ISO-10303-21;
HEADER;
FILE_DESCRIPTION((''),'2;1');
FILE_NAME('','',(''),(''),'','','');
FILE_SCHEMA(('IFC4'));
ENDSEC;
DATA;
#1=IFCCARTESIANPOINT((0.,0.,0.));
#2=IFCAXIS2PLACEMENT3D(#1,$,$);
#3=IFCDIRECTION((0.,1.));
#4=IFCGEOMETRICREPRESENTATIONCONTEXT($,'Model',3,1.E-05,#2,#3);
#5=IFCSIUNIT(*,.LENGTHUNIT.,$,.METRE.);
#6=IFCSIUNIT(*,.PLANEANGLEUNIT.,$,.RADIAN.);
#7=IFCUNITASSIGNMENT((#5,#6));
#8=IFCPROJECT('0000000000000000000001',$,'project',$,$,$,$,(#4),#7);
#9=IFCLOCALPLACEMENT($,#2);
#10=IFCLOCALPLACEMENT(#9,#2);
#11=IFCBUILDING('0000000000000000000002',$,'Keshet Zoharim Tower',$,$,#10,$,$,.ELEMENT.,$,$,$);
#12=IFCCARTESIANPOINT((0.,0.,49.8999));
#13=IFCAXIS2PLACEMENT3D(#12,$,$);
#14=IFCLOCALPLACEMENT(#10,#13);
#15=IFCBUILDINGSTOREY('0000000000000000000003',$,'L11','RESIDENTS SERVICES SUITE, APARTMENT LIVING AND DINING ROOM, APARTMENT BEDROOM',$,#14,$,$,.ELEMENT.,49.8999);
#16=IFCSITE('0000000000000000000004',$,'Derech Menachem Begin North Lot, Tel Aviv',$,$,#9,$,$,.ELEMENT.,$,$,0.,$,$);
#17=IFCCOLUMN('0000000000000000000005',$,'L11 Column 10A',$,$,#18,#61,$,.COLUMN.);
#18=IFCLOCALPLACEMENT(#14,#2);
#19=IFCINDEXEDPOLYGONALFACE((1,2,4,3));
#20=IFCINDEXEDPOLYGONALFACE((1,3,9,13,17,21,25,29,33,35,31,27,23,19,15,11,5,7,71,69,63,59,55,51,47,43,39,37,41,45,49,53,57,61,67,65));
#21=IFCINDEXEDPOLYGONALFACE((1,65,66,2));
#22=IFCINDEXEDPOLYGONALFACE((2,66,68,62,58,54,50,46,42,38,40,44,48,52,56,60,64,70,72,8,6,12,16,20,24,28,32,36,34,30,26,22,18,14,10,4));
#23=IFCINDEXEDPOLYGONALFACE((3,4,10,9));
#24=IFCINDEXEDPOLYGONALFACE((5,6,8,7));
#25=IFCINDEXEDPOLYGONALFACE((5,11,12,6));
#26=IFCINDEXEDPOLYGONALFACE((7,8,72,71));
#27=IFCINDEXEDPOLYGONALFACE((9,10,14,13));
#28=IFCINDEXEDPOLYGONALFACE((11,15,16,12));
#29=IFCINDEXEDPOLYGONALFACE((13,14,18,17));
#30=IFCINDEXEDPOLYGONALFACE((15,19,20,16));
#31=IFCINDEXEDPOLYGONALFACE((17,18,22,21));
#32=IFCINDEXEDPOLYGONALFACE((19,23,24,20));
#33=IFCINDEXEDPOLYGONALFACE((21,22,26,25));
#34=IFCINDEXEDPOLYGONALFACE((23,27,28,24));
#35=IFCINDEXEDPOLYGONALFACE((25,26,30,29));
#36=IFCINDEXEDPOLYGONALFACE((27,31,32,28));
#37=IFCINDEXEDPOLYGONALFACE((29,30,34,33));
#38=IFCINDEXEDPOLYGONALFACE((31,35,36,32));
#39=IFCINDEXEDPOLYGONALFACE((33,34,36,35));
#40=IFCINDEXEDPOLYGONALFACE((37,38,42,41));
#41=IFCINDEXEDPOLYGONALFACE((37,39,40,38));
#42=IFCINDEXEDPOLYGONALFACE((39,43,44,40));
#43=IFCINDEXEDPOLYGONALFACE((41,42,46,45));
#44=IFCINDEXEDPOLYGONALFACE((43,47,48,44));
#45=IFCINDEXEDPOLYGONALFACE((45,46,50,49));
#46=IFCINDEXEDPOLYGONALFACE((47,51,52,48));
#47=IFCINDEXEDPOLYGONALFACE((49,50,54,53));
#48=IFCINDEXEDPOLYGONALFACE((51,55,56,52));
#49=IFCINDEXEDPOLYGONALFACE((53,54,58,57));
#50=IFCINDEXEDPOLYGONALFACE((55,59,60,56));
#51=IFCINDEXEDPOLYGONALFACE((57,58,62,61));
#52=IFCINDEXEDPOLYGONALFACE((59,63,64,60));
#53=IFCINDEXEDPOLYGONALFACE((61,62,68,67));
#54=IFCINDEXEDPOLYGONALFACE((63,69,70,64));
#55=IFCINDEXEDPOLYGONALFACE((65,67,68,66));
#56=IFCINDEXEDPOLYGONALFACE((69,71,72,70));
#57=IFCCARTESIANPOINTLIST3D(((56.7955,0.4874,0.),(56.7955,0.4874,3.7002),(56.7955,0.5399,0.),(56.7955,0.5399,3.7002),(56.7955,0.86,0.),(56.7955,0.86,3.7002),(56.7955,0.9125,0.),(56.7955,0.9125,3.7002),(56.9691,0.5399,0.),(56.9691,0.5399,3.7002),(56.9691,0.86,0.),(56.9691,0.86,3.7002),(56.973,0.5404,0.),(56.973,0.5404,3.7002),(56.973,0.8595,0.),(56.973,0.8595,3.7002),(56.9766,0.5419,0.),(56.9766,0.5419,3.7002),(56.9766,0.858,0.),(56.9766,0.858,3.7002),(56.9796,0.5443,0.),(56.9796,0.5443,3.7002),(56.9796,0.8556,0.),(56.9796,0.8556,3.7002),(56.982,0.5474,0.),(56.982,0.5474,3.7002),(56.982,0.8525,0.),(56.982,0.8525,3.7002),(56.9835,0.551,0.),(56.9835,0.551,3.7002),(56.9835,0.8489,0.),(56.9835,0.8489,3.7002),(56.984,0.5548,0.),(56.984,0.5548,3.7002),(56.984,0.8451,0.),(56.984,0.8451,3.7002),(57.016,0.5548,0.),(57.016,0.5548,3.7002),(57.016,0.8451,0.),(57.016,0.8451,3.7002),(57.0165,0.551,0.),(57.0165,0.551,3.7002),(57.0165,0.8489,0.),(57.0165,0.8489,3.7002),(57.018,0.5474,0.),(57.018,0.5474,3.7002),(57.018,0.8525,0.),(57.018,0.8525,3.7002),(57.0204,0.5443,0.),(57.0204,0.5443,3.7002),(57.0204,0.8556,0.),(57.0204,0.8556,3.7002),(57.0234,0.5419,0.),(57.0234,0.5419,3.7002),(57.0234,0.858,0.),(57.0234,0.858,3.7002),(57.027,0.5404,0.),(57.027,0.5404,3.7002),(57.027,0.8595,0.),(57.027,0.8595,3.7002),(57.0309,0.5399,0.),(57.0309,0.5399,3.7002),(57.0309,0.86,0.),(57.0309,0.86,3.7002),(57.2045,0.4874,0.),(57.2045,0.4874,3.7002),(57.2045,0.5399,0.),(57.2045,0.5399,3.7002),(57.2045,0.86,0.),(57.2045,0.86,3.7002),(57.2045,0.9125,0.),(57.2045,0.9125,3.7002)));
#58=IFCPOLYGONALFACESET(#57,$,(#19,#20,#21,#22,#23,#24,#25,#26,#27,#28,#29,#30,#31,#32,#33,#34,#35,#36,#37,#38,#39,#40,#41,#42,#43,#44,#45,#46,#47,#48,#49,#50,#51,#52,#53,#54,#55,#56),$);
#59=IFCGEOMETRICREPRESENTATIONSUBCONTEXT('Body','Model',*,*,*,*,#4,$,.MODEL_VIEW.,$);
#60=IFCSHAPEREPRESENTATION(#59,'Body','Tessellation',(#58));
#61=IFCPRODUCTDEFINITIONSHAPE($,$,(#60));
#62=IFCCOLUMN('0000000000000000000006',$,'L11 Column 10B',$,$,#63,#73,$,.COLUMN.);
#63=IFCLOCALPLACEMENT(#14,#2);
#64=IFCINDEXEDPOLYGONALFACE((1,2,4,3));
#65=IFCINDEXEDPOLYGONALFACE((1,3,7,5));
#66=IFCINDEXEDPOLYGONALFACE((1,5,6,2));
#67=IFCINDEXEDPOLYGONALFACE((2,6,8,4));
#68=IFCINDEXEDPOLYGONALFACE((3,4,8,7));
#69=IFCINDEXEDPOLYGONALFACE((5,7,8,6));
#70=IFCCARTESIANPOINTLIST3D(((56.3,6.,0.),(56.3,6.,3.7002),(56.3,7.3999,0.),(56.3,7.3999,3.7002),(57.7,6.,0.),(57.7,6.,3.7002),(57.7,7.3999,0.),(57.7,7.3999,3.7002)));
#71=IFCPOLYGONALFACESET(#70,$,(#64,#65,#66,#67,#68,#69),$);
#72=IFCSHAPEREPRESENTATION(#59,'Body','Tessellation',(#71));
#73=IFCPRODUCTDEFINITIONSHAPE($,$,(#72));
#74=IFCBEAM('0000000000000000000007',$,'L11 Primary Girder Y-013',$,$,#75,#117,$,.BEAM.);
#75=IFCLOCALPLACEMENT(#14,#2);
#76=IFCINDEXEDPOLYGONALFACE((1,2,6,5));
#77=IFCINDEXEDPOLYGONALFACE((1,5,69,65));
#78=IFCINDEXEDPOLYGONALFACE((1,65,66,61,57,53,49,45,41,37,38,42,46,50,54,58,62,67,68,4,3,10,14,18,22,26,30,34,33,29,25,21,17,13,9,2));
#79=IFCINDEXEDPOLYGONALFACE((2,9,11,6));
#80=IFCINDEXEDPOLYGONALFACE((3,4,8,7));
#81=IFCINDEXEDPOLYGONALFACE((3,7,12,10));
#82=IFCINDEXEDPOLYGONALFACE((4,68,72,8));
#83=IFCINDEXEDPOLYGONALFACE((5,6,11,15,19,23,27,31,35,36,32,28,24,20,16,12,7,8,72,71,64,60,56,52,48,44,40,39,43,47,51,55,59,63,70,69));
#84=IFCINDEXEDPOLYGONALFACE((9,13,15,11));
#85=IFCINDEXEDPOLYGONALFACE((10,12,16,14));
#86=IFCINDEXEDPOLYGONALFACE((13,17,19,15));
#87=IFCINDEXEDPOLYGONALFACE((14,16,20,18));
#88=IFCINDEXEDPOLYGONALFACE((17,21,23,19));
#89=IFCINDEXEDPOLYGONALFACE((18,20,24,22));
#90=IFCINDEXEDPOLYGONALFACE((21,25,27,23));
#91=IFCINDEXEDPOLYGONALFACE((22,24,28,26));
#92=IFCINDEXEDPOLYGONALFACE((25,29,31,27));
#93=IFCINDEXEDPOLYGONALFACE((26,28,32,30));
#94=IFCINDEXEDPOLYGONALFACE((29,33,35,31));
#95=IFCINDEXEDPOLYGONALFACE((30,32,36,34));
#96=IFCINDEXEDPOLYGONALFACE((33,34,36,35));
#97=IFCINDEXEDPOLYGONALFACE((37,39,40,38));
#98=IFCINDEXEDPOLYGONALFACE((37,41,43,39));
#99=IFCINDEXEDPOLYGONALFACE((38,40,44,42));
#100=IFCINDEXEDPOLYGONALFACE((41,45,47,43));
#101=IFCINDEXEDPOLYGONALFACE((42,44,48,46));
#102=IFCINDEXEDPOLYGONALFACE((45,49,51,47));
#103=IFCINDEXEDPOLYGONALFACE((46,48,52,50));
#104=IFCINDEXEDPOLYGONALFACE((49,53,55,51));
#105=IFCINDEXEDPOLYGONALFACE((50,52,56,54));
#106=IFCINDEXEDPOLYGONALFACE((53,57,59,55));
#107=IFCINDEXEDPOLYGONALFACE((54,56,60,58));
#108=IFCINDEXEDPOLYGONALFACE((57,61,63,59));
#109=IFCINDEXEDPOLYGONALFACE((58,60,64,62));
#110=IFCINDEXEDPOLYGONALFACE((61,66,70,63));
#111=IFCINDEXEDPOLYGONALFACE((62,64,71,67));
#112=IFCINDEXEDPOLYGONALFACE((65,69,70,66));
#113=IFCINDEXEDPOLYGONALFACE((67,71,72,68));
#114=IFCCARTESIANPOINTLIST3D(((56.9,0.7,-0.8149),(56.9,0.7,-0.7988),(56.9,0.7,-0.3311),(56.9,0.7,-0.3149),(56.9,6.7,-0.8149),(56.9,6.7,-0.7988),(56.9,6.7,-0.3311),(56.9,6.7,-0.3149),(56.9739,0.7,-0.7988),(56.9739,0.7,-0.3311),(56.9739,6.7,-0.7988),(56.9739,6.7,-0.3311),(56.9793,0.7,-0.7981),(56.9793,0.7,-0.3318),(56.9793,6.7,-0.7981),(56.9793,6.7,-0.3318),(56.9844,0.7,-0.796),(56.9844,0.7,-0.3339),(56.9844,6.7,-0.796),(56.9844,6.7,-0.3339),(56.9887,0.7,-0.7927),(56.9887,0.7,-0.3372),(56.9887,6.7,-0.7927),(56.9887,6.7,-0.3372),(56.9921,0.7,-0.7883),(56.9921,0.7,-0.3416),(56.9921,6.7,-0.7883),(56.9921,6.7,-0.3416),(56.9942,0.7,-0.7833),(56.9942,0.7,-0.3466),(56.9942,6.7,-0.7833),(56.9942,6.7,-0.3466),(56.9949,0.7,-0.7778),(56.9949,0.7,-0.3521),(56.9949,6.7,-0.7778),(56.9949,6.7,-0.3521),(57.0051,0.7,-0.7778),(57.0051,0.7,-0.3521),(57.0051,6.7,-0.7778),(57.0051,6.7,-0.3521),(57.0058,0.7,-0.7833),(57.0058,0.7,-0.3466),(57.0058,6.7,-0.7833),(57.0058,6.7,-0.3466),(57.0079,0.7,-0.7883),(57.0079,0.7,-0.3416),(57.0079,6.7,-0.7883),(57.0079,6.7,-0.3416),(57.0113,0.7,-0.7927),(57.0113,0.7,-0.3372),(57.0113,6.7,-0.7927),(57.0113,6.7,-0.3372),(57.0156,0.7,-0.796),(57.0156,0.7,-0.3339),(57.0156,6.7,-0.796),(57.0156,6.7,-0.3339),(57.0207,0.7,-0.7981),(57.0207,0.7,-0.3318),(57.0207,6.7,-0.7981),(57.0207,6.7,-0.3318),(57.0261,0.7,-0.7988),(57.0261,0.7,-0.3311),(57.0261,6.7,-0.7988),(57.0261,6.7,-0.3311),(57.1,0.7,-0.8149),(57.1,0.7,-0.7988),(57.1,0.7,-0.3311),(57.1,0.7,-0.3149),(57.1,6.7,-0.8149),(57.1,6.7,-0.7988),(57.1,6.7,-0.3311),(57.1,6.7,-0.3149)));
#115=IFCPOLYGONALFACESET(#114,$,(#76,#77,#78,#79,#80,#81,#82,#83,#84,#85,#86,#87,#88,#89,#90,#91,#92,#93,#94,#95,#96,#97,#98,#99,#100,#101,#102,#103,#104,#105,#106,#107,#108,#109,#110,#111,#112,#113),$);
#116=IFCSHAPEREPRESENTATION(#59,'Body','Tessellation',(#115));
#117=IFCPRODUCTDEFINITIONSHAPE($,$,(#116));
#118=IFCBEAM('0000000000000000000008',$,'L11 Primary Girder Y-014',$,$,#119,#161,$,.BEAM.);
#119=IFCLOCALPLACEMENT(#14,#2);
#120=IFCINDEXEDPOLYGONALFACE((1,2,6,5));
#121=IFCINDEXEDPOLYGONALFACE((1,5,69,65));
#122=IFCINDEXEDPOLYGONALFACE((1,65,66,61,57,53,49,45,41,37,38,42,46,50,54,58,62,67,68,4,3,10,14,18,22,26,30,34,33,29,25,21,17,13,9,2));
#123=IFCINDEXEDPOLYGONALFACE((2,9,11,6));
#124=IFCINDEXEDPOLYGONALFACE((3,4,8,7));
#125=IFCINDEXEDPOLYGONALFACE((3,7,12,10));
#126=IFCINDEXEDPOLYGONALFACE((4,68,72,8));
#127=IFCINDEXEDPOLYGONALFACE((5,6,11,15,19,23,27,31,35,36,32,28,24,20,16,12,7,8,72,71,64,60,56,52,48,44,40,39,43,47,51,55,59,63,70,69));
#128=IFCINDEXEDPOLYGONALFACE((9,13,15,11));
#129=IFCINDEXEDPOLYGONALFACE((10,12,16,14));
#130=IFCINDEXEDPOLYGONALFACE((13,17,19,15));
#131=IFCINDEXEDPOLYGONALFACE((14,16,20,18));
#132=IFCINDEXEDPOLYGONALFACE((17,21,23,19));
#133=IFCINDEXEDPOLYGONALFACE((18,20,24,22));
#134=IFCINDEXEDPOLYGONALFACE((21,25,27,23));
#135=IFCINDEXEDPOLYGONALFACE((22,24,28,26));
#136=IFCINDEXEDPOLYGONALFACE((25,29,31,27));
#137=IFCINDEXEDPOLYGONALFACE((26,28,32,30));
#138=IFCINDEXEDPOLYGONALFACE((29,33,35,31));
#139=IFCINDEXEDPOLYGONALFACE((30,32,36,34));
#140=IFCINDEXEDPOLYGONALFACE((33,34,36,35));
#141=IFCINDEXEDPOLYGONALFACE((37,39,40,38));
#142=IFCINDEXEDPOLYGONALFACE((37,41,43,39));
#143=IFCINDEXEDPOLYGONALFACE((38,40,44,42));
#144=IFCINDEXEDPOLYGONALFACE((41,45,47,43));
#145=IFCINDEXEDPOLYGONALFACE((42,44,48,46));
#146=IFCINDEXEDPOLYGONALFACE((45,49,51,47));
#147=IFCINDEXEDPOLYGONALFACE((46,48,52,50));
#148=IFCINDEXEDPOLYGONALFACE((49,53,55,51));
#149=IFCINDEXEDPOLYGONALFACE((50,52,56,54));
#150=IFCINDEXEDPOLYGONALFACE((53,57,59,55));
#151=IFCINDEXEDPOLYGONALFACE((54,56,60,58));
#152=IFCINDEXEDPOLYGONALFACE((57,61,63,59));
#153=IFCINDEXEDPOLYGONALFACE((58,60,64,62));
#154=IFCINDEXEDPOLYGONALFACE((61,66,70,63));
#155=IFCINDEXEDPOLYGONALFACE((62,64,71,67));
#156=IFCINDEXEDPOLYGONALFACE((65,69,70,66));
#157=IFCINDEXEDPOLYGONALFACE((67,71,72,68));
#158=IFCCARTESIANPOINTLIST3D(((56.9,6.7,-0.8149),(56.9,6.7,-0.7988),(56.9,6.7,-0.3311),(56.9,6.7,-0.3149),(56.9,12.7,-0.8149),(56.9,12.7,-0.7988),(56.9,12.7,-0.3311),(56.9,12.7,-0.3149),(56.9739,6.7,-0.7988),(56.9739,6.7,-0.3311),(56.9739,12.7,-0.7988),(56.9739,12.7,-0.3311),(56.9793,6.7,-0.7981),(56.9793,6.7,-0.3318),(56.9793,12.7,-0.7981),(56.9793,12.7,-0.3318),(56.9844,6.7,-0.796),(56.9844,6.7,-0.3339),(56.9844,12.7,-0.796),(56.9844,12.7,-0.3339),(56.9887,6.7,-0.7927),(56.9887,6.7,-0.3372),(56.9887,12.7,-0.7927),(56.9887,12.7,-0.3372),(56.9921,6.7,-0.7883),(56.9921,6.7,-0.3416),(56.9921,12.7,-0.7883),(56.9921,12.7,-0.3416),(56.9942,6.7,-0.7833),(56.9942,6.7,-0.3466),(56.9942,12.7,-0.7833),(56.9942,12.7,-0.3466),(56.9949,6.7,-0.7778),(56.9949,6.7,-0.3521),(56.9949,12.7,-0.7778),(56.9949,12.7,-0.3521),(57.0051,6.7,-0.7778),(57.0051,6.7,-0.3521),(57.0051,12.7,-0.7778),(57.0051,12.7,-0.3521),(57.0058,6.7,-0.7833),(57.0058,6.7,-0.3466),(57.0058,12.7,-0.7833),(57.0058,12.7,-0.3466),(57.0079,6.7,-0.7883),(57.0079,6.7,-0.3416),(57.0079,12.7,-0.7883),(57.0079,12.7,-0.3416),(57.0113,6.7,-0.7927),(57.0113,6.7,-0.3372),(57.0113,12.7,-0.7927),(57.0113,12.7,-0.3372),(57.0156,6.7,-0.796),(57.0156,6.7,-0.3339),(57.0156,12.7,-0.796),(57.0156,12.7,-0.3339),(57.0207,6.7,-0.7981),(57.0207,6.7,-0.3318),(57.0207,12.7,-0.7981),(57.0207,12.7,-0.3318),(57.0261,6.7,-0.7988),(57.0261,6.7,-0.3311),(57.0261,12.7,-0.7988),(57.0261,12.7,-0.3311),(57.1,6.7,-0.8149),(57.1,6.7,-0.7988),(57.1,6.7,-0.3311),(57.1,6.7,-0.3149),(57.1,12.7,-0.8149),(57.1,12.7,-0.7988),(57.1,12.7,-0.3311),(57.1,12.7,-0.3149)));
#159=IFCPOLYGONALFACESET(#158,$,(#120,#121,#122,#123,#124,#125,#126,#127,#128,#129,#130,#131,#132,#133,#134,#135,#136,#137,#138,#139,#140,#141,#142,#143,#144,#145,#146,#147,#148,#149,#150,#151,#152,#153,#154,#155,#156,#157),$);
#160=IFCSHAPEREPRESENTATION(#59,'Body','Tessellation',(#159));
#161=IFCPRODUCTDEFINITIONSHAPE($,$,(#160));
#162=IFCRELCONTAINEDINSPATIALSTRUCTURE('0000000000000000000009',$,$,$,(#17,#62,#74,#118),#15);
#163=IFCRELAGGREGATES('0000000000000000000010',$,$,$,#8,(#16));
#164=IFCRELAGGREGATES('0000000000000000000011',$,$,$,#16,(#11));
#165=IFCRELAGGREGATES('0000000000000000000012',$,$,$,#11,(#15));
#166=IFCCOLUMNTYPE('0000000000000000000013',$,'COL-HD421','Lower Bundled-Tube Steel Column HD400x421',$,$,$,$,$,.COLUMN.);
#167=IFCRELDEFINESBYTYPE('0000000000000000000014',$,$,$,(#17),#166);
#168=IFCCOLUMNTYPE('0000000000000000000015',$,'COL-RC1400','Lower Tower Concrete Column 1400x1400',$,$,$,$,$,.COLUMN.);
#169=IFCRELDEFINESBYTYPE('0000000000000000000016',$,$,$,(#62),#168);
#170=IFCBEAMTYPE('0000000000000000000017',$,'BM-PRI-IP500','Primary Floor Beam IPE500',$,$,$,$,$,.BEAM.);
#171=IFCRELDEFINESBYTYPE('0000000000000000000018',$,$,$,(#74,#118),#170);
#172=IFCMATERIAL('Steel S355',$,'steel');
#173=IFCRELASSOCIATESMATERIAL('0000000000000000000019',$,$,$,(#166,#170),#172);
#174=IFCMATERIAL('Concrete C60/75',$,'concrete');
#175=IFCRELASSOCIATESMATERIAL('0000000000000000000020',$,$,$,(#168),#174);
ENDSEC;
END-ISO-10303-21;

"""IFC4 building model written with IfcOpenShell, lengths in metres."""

from ifc_helpers import new_model, si_unit, direction, frame, origin, origin_2d, place, context, subcontext, project, spatial, rectangle, i_section, extrude, material, material_profile, profile_set, type_object, element, save


model = new_model("IFC4")

# Units and contexts
model_context = context("Model", 3, precision=1e-05, world=origin(), true_north=direction((0.0, 1.0)))
body_context = subcontext(model_context, "Body", "Model", "MODEL_VIEW")
ifc_project = project(units=[si_unit("LENGTHUNIT", "METRE"), si_unit("PLANEANGLEUNIT", "RADIAN")], contexts=[model_context])

# Site, building, storey
site_placement = place(None, origin())
site = spatial("IfcSite", under=ifc_project, at=site_placement, Name="Derech Menachem Begin North Lot, Tel Aviv", CompositionType="ELEMENT", RefElevation=0.0)
building_placement = place(site_placement, origin())
building = spatial("IfcBuilding", under=site, at=building_placement, Name="Keshet Zoharim Tower", CompositionType="ELEMENT")
storey_placement = place(building_placement, frame((0.0, 0.0, 49.8999)))
storey = spatial("IfcBuildingStorey", under=building, at=storey_placement, Name="L11", Description="RESIDENTS SERVICES SUITE, APARTMENT LIVING AND DINING ROOM, APARTMENT BEDROOM", CompositionType="ELEMENT", Elevation=49.8999)

# Columns
ifc_material_1 = material(Name="Steel S355", Category="steel")
ifc_material_profile_1 = material_profile(ifc_material_1, i_section(OverallWidth=0.4089, OverallDepth=0.425, WebThickness=0.032, FlangeThickness=0.0525, FilletRadius=0.0149, at=origin_2d()), Name="HD400x421")
ifc_profile_set_1 = profile_set([ifc_material_profile_1], Name="Steel S355")
column_type_1 = type_object("IfcColumnType", Name="COL-HD421", Description="Lower Bundled-Tube Steel Column HD400x421", PredefinedType="COLUMN", material=ifc_profile_set_1)
column_1_placement = place(storey_placement, frame((57.0, 0.7, 0.0), z_axis=(0.0, 0.0, 1.0), x_axis=(1.0, 0.0, 0.0)))
element("IfcColumn", 1, at=column_1_placement, inside=storey, type_object=column_type_1, Name="L11 Column 10A", PredefinedType="COLUMN", context=body_context, shape_type="SweptSolid", body=[
    extrude(i_section(OverallWidth=0.4089, OverallDepth=0.425, WebThickness=0.032, FlangeThickness=0.0525, FilletRadius=0.0149, at=origin_2d()), origin(), (0.0, 0.0, 1.0), 3.7002),
])
ifc_material_2 = material(Name="Concrete C60/75", Category="concrete")
ifc_material_profile_2 = material_profile(ifc_material_2, rectangle(XDim=1.3999, YDim=1.3999, at=origin_2d()), Name="RC1400x1400")
ifc_profile_set_2 = profile_set([ifc_material_profile_2], Name="Concrete C60/75")
column_type_2 = type_object("IfcColumnType", Name="COL-RC1400", Description="Lower Tower Concrete Column 1400x1400", PredefinedType="COLUMN", material=ifc_profile_set_2)
column_2_placement = place(storey_placement, frame((57.0, 6.7, 0.0), z_axis=(0.0, 0.0, 1.0), x_axis=(1.0, 0.0, 0.0)))
element("IfcColumn", 2, at=column_2_placement, inside=storey, type_object=column_type_2, Name="L11 Column 10B", PredefinedType="COLUMN", context=body_context, shape_type="SweptSolid", body=[
    extrude(rectangle(XDim=1.3999, YDim=1.3999, at=origin_2d()), origin(), (0.0, 0.0, 1.0), 3.7002),
])

# Beams
ifc_material_profile_3 = material_profile(ifc_material_1, i_section(OverallWidth=0.2, OverallDepth=0.5, WebThickness=0.0103, FlangeThickness=0.0161, FilletRadius=0.021, at=origin_2d()), Name="IPE500")
ifc_profile_set_3 = profile_set([ifc_material_profile_3], Name="Steel S355")
beam_type_1 = type_object("IfcBeamType", Name="BM-PRI-IP500", Description="Primary Floor Beam IPE500", PredefinedType="BEAM", material=ifc_profile_set_3)
for number, where, z_axis, x_axis, name in (
    (3, (57.0, 0.7, -0.5649), (0.0, 1.0, 0.0), (-1.0, 0.0, 0.0), "L11 Primary Girder Y-013"),
    (4, (57.0, 6.7, -0.5649), (0.0, 1.0, 0.0), (-1.0, 0.0, 0.0), "L11 Primary Girder Y-014"),
):
    element("IfcBeam", number, at=place(storey_placement, frame(where, z_axis=z_axis, x_axis=x_axis)), inside=storey, type_object=beam_type_1, Name=name, PredefinedType="BEAM", context=body_context, shape_type="SweptSolid", body=[
        extrude(i_section(OverallWidth=0.2, OverallDepth=0.5, WebThickness=0.0103, FlangeThickness=0.0161, FilletRadius=0.021, at=origin_2d()), origin(), (0.0, 0.0, 1.0), 6.0),
    ])

save(model, "model.ifc")
